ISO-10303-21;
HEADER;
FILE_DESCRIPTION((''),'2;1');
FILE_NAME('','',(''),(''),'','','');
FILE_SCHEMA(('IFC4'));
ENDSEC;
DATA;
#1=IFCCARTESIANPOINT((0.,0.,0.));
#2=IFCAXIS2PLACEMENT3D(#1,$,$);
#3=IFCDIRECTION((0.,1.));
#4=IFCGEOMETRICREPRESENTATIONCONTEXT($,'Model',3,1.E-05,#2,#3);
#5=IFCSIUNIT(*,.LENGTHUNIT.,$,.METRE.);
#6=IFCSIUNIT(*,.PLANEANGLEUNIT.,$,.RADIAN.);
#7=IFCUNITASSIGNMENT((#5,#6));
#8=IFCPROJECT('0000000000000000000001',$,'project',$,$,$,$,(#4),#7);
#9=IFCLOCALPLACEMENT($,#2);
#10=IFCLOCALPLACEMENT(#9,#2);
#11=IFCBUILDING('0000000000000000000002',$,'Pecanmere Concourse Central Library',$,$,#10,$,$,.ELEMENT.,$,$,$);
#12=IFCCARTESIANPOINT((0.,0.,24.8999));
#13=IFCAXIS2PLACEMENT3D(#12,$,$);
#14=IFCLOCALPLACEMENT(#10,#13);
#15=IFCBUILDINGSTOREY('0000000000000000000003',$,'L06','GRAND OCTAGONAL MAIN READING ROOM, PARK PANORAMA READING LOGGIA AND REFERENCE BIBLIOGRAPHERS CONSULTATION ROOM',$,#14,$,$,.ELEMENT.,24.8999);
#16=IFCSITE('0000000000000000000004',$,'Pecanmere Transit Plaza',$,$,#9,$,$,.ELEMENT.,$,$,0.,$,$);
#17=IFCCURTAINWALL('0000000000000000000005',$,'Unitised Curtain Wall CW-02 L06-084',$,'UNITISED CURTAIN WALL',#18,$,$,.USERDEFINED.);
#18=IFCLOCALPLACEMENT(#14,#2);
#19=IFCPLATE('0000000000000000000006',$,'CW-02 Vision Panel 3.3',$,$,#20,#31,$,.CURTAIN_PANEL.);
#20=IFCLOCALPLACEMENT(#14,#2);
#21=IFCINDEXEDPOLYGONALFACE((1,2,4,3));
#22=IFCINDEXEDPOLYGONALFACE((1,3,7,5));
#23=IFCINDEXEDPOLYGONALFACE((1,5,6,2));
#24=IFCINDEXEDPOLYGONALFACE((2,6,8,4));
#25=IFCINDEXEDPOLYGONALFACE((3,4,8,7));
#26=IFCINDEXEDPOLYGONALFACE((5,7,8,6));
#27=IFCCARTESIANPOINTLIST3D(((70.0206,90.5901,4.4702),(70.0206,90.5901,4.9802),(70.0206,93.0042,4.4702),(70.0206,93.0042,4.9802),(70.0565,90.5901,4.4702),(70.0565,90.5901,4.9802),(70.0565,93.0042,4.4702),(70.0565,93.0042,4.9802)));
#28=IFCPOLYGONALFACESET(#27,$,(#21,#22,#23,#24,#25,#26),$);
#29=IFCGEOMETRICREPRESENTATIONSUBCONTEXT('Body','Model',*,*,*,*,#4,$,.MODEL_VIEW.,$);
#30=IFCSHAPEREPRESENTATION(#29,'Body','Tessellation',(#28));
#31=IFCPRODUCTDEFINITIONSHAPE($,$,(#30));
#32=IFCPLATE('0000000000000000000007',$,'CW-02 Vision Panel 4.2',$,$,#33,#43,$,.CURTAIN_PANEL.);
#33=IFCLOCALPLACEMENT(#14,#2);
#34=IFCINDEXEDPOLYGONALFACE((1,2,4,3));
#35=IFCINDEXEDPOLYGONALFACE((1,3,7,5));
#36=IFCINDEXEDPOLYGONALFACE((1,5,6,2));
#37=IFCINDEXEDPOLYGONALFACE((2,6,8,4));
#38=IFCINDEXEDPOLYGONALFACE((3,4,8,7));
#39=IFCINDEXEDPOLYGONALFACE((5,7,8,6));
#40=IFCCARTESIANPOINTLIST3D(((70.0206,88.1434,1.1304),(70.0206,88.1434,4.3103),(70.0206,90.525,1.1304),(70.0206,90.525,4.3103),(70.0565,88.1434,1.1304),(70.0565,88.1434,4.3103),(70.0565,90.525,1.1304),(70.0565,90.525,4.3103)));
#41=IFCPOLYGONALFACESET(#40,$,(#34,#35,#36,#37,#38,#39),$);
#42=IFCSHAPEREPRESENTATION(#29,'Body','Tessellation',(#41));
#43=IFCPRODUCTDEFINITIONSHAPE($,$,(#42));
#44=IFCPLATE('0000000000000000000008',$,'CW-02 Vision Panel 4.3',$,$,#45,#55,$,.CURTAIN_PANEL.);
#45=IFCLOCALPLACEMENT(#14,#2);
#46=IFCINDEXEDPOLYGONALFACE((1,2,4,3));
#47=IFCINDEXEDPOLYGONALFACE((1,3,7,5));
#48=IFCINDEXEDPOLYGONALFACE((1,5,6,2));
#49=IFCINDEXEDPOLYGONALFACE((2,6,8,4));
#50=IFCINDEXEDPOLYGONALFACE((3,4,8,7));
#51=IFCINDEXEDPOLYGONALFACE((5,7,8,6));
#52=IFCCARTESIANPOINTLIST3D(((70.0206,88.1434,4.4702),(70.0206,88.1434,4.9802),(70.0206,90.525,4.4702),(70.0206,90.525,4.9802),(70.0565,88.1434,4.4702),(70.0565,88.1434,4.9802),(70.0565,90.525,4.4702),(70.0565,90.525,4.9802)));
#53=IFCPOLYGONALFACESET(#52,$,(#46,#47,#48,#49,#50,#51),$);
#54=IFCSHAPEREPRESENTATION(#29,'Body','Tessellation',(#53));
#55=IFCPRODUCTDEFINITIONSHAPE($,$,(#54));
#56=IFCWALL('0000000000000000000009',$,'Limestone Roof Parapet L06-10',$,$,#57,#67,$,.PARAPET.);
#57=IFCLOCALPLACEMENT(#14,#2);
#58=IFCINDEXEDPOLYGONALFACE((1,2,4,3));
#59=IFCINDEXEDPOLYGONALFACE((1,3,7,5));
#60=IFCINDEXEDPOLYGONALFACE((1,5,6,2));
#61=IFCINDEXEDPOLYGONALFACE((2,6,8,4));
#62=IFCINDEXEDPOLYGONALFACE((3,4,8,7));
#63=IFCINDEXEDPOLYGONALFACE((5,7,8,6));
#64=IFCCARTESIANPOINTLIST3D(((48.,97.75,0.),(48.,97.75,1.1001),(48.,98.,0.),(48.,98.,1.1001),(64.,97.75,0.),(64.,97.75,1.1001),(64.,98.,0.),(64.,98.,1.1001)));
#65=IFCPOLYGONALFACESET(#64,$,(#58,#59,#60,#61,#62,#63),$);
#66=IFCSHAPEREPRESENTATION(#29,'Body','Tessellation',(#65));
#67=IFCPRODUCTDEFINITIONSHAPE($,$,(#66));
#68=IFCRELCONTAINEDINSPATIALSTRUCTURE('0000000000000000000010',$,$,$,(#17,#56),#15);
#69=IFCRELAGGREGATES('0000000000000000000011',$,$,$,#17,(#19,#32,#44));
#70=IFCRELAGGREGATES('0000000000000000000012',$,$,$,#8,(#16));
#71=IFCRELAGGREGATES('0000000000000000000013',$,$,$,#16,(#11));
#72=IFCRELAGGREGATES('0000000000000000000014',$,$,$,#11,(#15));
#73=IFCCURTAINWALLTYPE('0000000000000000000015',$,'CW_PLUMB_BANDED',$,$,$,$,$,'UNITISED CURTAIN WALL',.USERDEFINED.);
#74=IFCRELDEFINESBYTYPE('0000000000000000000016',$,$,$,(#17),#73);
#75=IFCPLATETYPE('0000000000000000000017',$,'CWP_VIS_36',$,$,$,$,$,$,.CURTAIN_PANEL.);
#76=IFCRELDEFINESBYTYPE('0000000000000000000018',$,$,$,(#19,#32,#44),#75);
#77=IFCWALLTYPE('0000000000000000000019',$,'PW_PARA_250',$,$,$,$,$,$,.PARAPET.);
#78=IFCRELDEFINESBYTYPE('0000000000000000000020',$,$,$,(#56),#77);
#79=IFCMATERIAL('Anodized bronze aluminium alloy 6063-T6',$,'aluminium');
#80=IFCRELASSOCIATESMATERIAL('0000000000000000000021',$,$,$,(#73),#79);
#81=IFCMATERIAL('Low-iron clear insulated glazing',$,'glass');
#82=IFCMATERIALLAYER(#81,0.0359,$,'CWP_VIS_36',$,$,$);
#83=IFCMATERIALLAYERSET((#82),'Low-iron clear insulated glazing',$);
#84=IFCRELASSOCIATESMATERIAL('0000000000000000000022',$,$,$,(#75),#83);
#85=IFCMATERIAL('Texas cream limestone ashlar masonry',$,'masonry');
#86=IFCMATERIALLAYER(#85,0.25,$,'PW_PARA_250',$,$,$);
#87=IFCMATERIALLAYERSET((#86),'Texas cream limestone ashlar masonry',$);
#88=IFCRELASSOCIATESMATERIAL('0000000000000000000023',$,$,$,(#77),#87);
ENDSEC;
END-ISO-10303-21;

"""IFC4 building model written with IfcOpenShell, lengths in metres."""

from ifc_helpers import new_model, si_unit, direction, frame, frame_2d, origin, origin_2d, place, context, subcontext, project, spatial, rectangle, extrude, material, layer, layer_set, type_object, element, aggregate, save


model = new_model("IFC4")

# Units and contexts
model_context = context("Model", 3, precision=1e-05, world=origin(), true_north=direction((0.0, 1.0)))
body_context = subcontext(model_context, "Body", "Model", "MODEL_VIEW")
ifc_project = project(units=[si_unit("LENGTHUNIT", "METRE"), si_unit("PLANEANGLEUNIT", "RADIAN")], contexts=[model_context])

# Site, building, storey
site_placement = place(None, origin())
site = spatial("IfcSite", under=ifc_project, at=site_placement, Name="Pecanmere Transit Plaza", CompositionType="ELEMENT", RefElevation=0.0)
building_placement = place(site_placement, origin())
building = spatial("IfcBuilding", under=site, at=building_placement, Name="Pecanmere Concourse Central Library", CompositionType="ELEMENT")
storey_placement = place(building_placement, frame((0.0, 0.0, 24.8999)))
storey = spatial("IfcBuildingStorey", under=building, at=storey_placement, Name="L06", Description="GRAND OCTAGONAL MAIN READING ROOM, PARK PANORAMA READING LOGGIA AND REFERENCE BIBLIOGRAPHERS CONSULTATION ROOM", CompositionType="ELEMENT", Elevation=24.8999)

# Curtain wall
ifc_material_1 = material(Name="Anodized bronze aluminium alloy 6063-T6", Category="aluminium")
curtain_wall_type = type_object("IfcCurtainWallType", Name="CW_PLUMB_BANDED", ElementType="UNITISED CURTAIN WALL", PredefinedType="USERDEFINED", material=ifc_material_1)
curtain_wall_placement = place(storey_placement, origin())
curtain_wall = element("IfcCurtainWall", 1, at=curtain_wall_placement, inside=storey, type_object=curtain_wall_type, Name="Unitised Curtain Wall CW-02 L06-084", ObjectType="UNITISED CURTAIN WALL", PredefinedType="USERDEFINED")

# Plates
ifc_material_2 = material(Name="Low-iron clear insulated glazing", Category="glass")
ifc_layer_1 = layer(ifc_material_2, 0.0359, Name="CWP_VIS_36")
ifc_layer_set_1 = layer_set([ifc_layer_1], Name="Low-iron clear insulated glazing")
plate_type_1 = type_object("IfcPlateType", Name="CWP_VIS_36", PredefinedType="CURTAIN_PANEL", material=ifc_layer_set_1)
plate_1_placement = place(storey_placement, frame((70.0386, 91.7971, 4.4702), z_axis=(0.0, 0.0, 1.0), x_axis=(0.0, -1.0, 0.0)))
plate_1 = element("IfcPlate", 2, at=plate_1_placement, type_object=plate_type_1, Name="CW-02 Vision Panel 3.3", PredefinedType="CURTAIN_PANEL", context=body_context, shape_type="SweptSolid", body=[
    extrude(rectangle(XDim=2.4141, YDim=0.0359, at=origin_2d()), origin(), (0.0, 0.0, 1.0), 0.51),
])
plate_2_placement = place(storey_placement, frame((70.0386, 89.3342, 1.1304), z_axis=(0.0, 0.0, 1.0), x_axis=(0.0, -1.0, 0.0)))
plate_2 = element("IfcPlate", 3, at=plate_2_placement, type_object=plate_type_1, Name="CW-02 Vision Panel 4.2", PredefinedType="CURTAIN_PANEL", context=body_context, shape_type="SweptSolid", body=[
    extrude(rectangle(XDim=2.3816, YDim=0.0359, at=origin_2d()), origin(), (0.0, 0.0, 1.0), 3.1799),
])
plate_3_placement = place(storey_placement, frame((70.0386, 89.3342, 4.4702), z_axis=(0.0, 0.0, 1.0), x_axis=(0.0, -1.0, 0.0)))
plate_3 = element("IfcPlate", 4, at=plate_3_placement, type_object=plate_type_1, Name="CW-02 Vision Panel 4.3", PredefinedType="CURTAIN_PANEL", context=body_context, shape_type="SweptSolid", body=[
    extrude(rectangle(XDim=2.3816, YDim=0.0359, at=origin_2d()), origin(), (0.0, 0.0, 1.0), 0.51),
])
aggregate(curtain_wall, [plate_1, plate_2, plate_3])

# Wall
ifc_material_3 = material(Name="Texas cream limestone ashlar masonry", Category="masonry")
ifc_layer_2 = layer(ifc_material_3, 0.25, Name="PW_PARA_250")
ifc_layer_set_2 = layer_set([ifc_layer_2], Name="Texas cream limestone ashlar masonry")
wall_type = type_object("IfcWallType", Name="PW_PARA_250", PredefinedType="PARAPET", material=ifc_layer_set_2)
wall_placement = place(storey_placement, frame((48.0, 97.875, 0.0), z_axis=(0.0, 0.0, 1.0), x_axis=(1.0, 0.0, 0.0)))
element("IfcWall", 5, at=wall_placement, inside=storey, type_object=wall_type, Name="Limestone Roof Parapet L06-10", PredefinedType="PARAPET", context=body_context, shape_type="SweptSolid", body=[
    extrude(rectangle(XDim=16.0, YDim=0.25, at=frame_2d((8.0, 0.0))), origin(), (0.0, 0.0, 1.0), 1.1001),
])

save(model, "model.ifc")
